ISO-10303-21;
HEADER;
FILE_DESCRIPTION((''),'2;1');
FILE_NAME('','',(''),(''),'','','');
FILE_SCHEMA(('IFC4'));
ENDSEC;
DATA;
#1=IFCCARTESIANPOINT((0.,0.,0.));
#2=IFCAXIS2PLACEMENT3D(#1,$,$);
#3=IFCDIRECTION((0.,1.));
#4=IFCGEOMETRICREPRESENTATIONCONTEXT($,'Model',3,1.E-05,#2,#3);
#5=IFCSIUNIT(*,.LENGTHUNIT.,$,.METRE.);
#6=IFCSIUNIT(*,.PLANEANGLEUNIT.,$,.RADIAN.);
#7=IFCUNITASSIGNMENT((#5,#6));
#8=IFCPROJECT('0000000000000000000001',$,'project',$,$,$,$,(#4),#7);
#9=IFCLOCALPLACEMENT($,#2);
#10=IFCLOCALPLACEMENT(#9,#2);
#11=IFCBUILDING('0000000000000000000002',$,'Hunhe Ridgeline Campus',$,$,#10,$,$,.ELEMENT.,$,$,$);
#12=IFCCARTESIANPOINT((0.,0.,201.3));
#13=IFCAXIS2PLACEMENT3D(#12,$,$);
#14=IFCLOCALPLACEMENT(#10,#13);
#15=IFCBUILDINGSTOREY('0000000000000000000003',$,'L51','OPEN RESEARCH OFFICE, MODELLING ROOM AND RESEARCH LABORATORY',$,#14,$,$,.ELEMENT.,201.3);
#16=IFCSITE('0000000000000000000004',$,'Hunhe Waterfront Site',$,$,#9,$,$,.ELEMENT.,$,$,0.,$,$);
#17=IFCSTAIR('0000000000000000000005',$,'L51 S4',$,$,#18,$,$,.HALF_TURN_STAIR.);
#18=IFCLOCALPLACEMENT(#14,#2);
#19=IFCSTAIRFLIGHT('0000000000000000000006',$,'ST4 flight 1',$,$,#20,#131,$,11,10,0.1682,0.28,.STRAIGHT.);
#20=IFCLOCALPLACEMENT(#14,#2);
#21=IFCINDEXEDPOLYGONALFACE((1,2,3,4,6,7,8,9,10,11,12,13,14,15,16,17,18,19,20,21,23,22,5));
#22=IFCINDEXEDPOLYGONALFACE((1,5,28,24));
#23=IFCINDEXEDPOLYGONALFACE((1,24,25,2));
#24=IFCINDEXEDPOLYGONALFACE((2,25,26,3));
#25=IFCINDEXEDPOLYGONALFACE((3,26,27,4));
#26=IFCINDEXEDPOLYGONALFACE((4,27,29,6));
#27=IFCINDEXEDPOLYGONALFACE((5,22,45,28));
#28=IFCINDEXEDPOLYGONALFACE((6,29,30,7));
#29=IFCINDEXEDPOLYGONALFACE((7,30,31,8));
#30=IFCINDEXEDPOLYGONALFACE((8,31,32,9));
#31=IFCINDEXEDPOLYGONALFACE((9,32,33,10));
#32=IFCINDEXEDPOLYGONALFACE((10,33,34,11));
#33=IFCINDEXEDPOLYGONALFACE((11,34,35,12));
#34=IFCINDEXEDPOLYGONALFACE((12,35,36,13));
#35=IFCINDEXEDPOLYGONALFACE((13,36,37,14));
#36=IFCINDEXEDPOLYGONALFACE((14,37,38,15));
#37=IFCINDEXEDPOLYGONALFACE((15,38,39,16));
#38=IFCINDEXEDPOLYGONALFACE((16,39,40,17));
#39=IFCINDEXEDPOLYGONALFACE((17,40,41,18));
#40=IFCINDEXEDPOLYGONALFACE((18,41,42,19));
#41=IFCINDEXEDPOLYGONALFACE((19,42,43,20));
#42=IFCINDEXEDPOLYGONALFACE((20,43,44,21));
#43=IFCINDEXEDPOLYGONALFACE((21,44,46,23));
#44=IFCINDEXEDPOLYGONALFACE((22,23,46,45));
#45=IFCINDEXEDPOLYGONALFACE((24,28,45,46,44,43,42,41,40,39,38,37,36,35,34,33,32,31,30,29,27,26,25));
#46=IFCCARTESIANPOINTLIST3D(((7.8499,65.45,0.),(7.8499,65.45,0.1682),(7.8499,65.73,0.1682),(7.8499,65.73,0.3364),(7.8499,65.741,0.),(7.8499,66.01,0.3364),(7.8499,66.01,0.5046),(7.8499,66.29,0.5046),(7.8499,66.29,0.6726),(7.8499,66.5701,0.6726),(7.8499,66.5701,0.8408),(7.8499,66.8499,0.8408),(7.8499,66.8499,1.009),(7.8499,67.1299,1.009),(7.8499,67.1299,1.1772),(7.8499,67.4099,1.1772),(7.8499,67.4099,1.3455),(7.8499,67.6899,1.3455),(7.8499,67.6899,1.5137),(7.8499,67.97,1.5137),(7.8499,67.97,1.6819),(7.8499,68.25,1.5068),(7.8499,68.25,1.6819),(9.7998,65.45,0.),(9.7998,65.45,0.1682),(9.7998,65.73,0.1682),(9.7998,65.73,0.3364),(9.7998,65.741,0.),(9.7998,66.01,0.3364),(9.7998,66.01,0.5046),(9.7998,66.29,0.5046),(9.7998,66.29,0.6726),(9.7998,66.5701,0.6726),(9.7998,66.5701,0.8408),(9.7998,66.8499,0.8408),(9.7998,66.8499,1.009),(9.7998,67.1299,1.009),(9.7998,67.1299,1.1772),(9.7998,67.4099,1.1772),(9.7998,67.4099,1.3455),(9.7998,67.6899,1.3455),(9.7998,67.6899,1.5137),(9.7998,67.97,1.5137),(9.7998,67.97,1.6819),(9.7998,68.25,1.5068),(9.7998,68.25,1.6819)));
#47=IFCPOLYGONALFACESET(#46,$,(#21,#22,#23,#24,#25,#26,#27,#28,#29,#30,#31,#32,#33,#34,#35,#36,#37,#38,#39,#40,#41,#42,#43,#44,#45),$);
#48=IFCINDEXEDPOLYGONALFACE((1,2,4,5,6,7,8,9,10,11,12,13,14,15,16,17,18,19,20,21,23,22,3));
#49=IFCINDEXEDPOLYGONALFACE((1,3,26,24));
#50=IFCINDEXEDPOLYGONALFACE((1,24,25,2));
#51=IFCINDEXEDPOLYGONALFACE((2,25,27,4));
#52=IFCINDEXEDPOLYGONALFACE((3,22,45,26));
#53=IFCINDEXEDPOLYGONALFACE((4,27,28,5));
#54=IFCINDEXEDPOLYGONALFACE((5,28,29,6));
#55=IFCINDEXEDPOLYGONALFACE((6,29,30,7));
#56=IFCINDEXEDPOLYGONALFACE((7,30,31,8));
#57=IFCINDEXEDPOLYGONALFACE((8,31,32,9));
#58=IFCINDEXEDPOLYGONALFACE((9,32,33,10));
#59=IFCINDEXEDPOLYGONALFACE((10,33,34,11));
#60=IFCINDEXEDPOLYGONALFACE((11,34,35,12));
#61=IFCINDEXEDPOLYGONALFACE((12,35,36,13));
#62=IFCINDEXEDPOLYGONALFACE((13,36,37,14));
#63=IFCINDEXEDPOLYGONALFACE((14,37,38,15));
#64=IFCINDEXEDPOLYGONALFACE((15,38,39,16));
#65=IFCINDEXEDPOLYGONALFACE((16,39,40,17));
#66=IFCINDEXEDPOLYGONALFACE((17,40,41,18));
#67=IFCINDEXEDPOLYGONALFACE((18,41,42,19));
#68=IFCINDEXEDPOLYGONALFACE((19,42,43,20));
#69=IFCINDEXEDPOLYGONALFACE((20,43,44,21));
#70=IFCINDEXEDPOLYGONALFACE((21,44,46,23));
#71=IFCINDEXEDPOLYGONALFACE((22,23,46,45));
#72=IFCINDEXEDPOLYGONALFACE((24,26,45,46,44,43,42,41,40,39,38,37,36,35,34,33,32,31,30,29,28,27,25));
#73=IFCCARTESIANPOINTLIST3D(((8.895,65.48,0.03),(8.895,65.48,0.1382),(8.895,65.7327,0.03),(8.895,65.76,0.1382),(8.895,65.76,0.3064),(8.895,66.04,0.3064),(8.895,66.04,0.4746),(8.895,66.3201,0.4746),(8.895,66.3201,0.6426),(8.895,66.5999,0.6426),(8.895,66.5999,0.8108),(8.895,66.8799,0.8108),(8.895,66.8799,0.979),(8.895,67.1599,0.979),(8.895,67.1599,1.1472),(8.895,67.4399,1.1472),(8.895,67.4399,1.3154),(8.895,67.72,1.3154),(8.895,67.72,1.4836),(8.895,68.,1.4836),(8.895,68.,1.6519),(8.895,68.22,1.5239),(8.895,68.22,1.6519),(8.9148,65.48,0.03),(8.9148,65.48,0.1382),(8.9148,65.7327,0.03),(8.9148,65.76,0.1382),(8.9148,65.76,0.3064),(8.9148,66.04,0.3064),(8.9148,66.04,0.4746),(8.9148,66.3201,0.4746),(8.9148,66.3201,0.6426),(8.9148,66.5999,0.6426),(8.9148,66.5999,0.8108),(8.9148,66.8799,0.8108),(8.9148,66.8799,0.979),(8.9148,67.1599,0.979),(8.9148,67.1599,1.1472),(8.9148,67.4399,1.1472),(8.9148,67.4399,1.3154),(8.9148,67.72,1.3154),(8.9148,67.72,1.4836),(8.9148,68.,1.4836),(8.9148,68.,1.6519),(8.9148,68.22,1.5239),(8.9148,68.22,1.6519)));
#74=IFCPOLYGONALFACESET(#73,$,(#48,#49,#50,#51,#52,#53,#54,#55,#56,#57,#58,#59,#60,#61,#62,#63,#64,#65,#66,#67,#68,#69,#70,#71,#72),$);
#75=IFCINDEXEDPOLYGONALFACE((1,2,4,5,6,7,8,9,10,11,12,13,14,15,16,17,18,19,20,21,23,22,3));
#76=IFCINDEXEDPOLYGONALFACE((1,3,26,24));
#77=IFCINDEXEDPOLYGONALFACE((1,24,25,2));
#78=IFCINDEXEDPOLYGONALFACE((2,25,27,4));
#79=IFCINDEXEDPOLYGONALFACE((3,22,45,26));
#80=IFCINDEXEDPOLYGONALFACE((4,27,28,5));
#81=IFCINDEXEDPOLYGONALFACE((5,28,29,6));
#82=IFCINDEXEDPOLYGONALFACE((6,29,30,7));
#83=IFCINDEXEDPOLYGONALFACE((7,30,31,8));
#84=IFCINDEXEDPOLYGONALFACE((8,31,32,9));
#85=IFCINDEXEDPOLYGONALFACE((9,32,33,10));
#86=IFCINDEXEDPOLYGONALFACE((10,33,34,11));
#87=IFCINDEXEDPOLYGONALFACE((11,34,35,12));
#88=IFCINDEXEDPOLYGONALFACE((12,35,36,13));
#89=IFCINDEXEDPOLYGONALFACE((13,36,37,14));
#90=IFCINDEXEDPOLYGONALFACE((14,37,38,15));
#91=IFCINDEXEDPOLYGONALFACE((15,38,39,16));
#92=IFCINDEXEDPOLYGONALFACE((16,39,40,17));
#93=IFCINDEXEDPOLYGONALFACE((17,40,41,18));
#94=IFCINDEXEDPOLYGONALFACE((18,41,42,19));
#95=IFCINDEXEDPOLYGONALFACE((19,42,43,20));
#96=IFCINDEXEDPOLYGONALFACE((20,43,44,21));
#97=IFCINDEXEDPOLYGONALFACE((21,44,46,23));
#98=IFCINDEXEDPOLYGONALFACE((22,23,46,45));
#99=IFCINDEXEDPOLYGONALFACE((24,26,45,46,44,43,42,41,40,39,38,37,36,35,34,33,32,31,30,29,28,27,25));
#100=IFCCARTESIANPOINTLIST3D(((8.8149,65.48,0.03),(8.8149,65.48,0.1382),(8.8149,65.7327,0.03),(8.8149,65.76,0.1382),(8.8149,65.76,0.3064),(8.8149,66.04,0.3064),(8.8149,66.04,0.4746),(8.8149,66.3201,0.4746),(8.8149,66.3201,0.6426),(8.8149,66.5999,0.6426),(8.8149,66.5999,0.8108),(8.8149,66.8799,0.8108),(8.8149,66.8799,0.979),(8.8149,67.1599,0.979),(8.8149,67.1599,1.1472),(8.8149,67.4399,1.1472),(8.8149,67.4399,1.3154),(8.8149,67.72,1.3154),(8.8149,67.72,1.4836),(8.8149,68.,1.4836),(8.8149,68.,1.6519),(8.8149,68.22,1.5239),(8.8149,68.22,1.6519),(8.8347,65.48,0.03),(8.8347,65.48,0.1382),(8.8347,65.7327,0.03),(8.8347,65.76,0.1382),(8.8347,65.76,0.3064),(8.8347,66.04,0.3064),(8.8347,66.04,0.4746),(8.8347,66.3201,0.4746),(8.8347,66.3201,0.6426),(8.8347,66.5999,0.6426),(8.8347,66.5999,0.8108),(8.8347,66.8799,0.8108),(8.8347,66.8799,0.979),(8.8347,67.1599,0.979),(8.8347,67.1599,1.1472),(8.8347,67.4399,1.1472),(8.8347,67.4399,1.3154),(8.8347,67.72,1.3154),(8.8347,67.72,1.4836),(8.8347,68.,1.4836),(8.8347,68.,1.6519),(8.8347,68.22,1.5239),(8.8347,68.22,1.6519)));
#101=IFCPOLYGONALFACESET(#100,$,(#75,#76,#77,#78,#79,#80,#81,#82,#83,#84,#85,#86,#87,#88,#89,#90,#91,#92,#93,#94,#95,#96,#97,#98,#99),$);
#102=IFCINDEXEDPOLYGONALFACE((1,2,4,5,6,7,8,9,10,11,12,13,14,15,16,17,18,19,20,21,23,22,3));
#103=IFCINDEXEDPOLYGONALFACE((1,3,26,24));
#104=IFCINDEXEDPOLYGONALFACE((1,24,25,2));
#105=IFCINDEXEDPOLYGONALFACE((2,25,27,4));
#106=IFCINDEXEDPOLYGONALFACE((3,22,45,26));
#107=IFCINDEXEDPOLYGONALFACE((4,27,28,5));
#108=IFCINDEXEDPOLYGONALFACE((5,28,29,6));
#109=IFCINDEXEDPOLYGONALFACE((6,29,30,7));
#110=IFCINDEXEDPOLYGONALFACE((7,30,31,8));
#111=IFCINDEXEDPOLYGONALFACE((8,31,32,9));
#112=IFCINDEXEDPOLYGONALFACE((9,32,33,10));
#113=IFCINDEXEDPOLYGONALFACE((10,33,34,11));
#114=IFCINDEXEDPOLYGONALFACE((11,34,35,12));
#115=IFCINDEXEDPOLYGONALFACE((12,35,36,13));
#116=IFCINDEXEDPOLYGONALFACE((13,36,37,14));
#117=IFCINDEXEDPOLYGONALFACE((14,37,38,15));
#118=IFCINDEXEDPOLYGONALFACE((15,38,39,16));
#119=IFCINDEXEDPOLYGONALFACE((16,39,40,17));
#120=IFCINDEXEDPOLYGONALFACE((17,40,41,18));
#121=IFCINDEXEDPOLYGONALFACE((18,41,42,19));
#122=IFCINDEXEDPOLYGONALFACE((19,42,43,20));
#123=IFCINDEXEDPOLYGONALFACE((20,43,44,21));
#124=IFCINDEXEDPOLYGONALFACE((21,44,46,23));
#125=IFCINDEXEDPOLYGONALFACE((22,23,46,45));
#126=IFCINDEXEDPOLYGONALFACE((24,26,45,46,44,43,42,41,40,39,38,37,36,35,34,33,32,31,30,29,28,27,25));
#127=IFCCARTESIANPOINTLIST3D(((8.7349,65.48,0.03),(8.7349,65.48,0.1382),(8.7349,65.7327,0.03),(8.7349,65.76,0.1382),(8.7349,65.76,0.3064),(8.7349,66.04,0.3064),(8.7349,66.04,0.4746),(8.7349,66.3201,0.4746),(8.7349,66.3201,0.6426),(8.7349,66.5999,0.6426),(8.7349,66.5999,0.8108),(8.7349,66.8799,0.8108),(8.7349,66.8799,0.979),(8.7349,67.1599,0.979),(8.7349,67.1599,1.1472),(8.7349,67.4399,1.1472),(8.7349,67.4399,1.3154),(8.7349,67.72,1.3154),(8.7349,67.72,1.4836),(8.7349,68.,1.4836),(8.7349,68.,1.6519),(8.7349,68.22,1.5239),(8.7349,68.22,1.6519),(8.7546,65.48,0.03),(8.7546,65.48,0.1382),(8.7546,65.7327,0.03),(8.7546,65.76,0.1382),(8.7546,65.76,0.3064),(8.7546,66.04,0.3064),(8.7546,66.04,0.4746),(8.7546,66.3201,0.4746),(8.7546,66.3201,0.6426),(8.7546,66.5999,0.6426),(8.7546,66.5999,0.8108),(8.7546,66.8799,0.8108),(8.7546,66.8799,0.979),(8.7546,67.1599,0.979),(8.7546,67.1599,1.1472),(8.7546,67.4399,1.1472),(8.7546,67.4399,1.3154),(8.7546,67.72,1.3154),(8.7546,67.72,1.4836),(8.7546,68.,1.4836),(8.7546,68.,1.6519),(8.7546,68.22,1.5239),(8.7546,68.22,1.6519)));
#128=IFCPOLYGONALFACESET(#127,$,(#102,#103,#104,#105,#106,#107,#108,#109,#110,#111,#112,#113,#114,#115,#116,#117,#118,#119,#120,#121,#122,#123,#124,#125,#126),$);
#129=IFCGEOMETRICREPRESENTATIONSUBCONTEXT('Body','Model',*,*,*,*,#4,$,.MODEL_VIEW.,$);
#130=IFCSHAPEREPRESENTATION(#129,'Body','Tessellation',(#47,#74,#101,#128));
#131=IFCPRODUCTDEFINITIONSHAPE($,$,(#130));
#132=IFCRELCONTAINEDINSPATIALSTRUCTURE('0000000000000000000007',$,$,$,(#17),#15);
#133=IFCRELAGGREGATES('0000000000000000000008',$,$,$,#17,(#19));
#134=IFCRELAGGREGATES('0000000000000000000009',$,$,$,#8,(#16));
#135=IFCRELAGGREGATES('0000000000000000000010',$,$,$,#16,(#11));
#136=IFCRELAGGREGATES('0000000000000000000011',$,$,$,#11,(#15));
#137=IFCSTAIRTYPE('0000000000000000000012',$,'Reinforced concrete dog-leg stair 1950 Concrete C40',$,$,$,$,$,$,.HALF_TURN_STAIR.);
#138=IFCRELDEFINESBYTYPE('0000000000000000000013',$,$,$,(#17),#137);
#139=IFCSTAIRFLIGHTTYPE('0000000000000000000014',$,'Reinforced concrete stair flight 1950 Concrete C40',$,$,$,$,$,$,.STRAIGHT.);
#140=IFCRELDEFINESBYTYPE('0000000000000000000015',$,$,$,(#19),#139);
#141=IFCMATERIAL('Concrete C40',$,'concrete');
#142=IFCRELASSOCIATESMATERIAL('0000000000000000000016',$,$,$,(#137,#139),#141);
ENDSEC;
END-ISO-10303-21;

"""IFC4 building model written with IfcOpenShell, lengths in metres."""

from ifc_helpers import new_model, si_unit, direction, frame, origin, place, context, subcontext, project, spatial, polyline, outline, extrude, material, type_object, element, aggregate, save


model = new_model("IFC4")

# Units and contexts
model_context = context("Model", 3, precision=1e-05, world=origin(), true_north=direction((0.0, 1.0)))
body_context = subcontext(model_context, "Body", "Model", "MODEL_VIEW")
ifc_project = project(units=[si_unit("LENGTHUNIT", "METRE"), si_unit("PLANEANGLEUNIT", "RADIAN")], contexts=[model_context])

# Site, building, storey
site_placement = place(None, origin())
site = spatial("IfcSite", under=ifc_project, at=site_placement, Name="Hunhe Waterfront Site", CompositionType="ELEMENT", RefElevation=0.0)
building_placement = place(site_placement, origin())
building = spatial("IfcBuilding", under=site, at=building_placement, Name="Hunhe Ridgeline Campus", CompositionType="ELEMENT")
storey_placement = place(building_placement, frame((0.0, 0.0, 201.3)))
storey = spatial("IfcBuildingStorey", under=building, at=storey_placement, Name="L51", Description="OPEN RESEARCH OFFICE, MODELLING ROOM AND RESEARCH LABORATORY", CompositionType="ELEMENT", Elevation=201.3)

# Shared definitions
ifc_material_1 = material(Name="Concrete C40", Category="concrete")
stair_type = type_object("IfcStairType", Name="Reinforced concrete dog-leg stair 1950 Concrete C40", PredefinedType="HALF_TURN_STAIR", material=ifc_material_1)
stair_flight_type = type_object("IfcStairFlightType", Name="Reinforced concrete stair flight 1950 Concrete C40", PredefinedType="STRAIGHT", material=ifc_material_1)

# Stair, stair flight
stair_1_placement = place(storey_placement, origin())
stair_1 = element("IfcStair", 1, at=stair_1_placement, inside=storey, type_object=stair_type, Name="L51 S4", PredefinedType="HALF_TURN_STAIR")
stair_flight_1_placement = place(storey_placement, frame((8.825, 65.45, 0.0), z_axis=(0.0, 0.0, 1.0), x_axis=(0.0, 1.0, 0.0)))
stair_flight_1 = element("IfcStairFlight", 2, at=stair_flight_1_placement, type_object=stair_flight_type, Name="ST4 flight 1", NumberOfRisers=11, NumberOfTreads=10, PredefinedType="STRAIGHT", RiserHeight=0.1682, TreadLength=0.28, context=body_context, shape_type="SweptSolid", body=[
    extrude(outline(polyline([(0.0, 0.0), (0.0, 0.1682), (0.28, 0.1682), (0.28, 0.3364), (0.5601, 0.3364), (0.5601, 0.5046), (0.8401, 0.5046), (0.8401, 0.6726), (1.1201, 0.6726), (1.1201, 0.8408), (1.3999, 0.8408), (1.3999, 1.009), (1.6799, 1.009), (1.6799, 1.1772), (1.96, 1.1772), (1.96, 1.3455), (2.24, 1.3455), (2.24, 1.5137), (2.52, 1.5137), (2.52, 1.6819), (2.8, 1.6819), (2.8, 1.8501), (2.8, 1.5068), (0.291, 0.0), (0.0, 0.0)])), frame((0.0, 0.9751, 0.0), z_axis=(0.0, -1.0, 0.0), x_axis=(1.0, 0.0, 0.0)), (0.0, 0.0, 1.0), 1.95),
    extrude(outline(polyline([(0.03, 0.03), (0.03, 0.1382), (0.3101, 0.1382), (0.3101, 0.3064), (0.5901, 0.3064), (0.5901, 0.4746), (0.8701, 0.4746), (0.8701, 0.6426), (1.1499, 0.6426), (1.1499, 0.8108), (1.4299, 0.8108), (1.4299, 0.979), (1.71, 0.979), (1.71, 1.1472), (1.99, 1.1472), (1.99, 1.3154), (2.27, 1.3154), (2.27, 1.4836), (2.55, 1.4836), (2.55, 1.6519), (2.77, 1.6519), (2.77, 1.5239), (0.2827, 0.03), (0.03, 0.03)])), frame((0.0, -0.0701, 0.0), z_axis=(0.0, -1.0, 0.0), x_axis=(1.0, 0.0, 0.0)), (0.0, 0.0, 1.0), 0.0198),
    extrude(outline(polyline([(0.03, 0.03), (0.03, 0.1382), (0.3101, 0.1382), (0.3101, 0.3064), (0.5901, 0.3064), (0.5901, 0.4746), (0.8701, 0.4746), (0.8701, 0.6426), (1.1499, 0.6426), (1.1499, 0.8108), (1.4299, 0.8108), (1.4299, 0.979), (1.71, 0.979), (1.71, 1.1472), (1.99, 1.1472), (1.99, 1.3154), (2.27, 1.3154), (2.27, 1.4836), (2.55, 1.4836), (2.55, 1.6519), (2.77, 1.6519), (2.77, 1.5239), (0.2827, 0.03), (0.03, 0.03)])), frame((0.0, 0.01, 0.0), z_axis=(0.0, -1.0, 0.0), x_axis=(1.0, 0.0, 0.0)), (0.0, 0.0, 1.0), 0.0198),
    extrude(outline(polyline([(0.03, 0.03), (0.03, 0.1382), (0.3101, 0.1382), (0.3101, 0.3064), (0.5901, 0.3064), (0.5901, 0.4746), (0.8701, 0.4746), (0.8701, 0.6426), (1.1499, 0.6426), (1.1499, 0.8108), (1.4299, 0.8108), (1.4299, 0.979), (1.71, 0.979), (1.71, 1.1472), (1.99, 1.1472), (1.99, 1.3154), (2.27, 1.3154), (2.27, 1.4836), (2.55, 1.4836), (2.55, 1.6519), (2.77, 1.6519), (2.77, 1.5239), (0.2827, 0.03), (0.03, 0.03)])), frame((0.0, 0.0901, 0.0), z_axis=(0.0, -1.0, 0.0), x_axis=(1.0, 0.0, 0.0)), (0.0, 0.0, 1.0), 0.0198),
])
aggregate(stair_1, [stair_flight_1])

save(model, "model.ifc")
